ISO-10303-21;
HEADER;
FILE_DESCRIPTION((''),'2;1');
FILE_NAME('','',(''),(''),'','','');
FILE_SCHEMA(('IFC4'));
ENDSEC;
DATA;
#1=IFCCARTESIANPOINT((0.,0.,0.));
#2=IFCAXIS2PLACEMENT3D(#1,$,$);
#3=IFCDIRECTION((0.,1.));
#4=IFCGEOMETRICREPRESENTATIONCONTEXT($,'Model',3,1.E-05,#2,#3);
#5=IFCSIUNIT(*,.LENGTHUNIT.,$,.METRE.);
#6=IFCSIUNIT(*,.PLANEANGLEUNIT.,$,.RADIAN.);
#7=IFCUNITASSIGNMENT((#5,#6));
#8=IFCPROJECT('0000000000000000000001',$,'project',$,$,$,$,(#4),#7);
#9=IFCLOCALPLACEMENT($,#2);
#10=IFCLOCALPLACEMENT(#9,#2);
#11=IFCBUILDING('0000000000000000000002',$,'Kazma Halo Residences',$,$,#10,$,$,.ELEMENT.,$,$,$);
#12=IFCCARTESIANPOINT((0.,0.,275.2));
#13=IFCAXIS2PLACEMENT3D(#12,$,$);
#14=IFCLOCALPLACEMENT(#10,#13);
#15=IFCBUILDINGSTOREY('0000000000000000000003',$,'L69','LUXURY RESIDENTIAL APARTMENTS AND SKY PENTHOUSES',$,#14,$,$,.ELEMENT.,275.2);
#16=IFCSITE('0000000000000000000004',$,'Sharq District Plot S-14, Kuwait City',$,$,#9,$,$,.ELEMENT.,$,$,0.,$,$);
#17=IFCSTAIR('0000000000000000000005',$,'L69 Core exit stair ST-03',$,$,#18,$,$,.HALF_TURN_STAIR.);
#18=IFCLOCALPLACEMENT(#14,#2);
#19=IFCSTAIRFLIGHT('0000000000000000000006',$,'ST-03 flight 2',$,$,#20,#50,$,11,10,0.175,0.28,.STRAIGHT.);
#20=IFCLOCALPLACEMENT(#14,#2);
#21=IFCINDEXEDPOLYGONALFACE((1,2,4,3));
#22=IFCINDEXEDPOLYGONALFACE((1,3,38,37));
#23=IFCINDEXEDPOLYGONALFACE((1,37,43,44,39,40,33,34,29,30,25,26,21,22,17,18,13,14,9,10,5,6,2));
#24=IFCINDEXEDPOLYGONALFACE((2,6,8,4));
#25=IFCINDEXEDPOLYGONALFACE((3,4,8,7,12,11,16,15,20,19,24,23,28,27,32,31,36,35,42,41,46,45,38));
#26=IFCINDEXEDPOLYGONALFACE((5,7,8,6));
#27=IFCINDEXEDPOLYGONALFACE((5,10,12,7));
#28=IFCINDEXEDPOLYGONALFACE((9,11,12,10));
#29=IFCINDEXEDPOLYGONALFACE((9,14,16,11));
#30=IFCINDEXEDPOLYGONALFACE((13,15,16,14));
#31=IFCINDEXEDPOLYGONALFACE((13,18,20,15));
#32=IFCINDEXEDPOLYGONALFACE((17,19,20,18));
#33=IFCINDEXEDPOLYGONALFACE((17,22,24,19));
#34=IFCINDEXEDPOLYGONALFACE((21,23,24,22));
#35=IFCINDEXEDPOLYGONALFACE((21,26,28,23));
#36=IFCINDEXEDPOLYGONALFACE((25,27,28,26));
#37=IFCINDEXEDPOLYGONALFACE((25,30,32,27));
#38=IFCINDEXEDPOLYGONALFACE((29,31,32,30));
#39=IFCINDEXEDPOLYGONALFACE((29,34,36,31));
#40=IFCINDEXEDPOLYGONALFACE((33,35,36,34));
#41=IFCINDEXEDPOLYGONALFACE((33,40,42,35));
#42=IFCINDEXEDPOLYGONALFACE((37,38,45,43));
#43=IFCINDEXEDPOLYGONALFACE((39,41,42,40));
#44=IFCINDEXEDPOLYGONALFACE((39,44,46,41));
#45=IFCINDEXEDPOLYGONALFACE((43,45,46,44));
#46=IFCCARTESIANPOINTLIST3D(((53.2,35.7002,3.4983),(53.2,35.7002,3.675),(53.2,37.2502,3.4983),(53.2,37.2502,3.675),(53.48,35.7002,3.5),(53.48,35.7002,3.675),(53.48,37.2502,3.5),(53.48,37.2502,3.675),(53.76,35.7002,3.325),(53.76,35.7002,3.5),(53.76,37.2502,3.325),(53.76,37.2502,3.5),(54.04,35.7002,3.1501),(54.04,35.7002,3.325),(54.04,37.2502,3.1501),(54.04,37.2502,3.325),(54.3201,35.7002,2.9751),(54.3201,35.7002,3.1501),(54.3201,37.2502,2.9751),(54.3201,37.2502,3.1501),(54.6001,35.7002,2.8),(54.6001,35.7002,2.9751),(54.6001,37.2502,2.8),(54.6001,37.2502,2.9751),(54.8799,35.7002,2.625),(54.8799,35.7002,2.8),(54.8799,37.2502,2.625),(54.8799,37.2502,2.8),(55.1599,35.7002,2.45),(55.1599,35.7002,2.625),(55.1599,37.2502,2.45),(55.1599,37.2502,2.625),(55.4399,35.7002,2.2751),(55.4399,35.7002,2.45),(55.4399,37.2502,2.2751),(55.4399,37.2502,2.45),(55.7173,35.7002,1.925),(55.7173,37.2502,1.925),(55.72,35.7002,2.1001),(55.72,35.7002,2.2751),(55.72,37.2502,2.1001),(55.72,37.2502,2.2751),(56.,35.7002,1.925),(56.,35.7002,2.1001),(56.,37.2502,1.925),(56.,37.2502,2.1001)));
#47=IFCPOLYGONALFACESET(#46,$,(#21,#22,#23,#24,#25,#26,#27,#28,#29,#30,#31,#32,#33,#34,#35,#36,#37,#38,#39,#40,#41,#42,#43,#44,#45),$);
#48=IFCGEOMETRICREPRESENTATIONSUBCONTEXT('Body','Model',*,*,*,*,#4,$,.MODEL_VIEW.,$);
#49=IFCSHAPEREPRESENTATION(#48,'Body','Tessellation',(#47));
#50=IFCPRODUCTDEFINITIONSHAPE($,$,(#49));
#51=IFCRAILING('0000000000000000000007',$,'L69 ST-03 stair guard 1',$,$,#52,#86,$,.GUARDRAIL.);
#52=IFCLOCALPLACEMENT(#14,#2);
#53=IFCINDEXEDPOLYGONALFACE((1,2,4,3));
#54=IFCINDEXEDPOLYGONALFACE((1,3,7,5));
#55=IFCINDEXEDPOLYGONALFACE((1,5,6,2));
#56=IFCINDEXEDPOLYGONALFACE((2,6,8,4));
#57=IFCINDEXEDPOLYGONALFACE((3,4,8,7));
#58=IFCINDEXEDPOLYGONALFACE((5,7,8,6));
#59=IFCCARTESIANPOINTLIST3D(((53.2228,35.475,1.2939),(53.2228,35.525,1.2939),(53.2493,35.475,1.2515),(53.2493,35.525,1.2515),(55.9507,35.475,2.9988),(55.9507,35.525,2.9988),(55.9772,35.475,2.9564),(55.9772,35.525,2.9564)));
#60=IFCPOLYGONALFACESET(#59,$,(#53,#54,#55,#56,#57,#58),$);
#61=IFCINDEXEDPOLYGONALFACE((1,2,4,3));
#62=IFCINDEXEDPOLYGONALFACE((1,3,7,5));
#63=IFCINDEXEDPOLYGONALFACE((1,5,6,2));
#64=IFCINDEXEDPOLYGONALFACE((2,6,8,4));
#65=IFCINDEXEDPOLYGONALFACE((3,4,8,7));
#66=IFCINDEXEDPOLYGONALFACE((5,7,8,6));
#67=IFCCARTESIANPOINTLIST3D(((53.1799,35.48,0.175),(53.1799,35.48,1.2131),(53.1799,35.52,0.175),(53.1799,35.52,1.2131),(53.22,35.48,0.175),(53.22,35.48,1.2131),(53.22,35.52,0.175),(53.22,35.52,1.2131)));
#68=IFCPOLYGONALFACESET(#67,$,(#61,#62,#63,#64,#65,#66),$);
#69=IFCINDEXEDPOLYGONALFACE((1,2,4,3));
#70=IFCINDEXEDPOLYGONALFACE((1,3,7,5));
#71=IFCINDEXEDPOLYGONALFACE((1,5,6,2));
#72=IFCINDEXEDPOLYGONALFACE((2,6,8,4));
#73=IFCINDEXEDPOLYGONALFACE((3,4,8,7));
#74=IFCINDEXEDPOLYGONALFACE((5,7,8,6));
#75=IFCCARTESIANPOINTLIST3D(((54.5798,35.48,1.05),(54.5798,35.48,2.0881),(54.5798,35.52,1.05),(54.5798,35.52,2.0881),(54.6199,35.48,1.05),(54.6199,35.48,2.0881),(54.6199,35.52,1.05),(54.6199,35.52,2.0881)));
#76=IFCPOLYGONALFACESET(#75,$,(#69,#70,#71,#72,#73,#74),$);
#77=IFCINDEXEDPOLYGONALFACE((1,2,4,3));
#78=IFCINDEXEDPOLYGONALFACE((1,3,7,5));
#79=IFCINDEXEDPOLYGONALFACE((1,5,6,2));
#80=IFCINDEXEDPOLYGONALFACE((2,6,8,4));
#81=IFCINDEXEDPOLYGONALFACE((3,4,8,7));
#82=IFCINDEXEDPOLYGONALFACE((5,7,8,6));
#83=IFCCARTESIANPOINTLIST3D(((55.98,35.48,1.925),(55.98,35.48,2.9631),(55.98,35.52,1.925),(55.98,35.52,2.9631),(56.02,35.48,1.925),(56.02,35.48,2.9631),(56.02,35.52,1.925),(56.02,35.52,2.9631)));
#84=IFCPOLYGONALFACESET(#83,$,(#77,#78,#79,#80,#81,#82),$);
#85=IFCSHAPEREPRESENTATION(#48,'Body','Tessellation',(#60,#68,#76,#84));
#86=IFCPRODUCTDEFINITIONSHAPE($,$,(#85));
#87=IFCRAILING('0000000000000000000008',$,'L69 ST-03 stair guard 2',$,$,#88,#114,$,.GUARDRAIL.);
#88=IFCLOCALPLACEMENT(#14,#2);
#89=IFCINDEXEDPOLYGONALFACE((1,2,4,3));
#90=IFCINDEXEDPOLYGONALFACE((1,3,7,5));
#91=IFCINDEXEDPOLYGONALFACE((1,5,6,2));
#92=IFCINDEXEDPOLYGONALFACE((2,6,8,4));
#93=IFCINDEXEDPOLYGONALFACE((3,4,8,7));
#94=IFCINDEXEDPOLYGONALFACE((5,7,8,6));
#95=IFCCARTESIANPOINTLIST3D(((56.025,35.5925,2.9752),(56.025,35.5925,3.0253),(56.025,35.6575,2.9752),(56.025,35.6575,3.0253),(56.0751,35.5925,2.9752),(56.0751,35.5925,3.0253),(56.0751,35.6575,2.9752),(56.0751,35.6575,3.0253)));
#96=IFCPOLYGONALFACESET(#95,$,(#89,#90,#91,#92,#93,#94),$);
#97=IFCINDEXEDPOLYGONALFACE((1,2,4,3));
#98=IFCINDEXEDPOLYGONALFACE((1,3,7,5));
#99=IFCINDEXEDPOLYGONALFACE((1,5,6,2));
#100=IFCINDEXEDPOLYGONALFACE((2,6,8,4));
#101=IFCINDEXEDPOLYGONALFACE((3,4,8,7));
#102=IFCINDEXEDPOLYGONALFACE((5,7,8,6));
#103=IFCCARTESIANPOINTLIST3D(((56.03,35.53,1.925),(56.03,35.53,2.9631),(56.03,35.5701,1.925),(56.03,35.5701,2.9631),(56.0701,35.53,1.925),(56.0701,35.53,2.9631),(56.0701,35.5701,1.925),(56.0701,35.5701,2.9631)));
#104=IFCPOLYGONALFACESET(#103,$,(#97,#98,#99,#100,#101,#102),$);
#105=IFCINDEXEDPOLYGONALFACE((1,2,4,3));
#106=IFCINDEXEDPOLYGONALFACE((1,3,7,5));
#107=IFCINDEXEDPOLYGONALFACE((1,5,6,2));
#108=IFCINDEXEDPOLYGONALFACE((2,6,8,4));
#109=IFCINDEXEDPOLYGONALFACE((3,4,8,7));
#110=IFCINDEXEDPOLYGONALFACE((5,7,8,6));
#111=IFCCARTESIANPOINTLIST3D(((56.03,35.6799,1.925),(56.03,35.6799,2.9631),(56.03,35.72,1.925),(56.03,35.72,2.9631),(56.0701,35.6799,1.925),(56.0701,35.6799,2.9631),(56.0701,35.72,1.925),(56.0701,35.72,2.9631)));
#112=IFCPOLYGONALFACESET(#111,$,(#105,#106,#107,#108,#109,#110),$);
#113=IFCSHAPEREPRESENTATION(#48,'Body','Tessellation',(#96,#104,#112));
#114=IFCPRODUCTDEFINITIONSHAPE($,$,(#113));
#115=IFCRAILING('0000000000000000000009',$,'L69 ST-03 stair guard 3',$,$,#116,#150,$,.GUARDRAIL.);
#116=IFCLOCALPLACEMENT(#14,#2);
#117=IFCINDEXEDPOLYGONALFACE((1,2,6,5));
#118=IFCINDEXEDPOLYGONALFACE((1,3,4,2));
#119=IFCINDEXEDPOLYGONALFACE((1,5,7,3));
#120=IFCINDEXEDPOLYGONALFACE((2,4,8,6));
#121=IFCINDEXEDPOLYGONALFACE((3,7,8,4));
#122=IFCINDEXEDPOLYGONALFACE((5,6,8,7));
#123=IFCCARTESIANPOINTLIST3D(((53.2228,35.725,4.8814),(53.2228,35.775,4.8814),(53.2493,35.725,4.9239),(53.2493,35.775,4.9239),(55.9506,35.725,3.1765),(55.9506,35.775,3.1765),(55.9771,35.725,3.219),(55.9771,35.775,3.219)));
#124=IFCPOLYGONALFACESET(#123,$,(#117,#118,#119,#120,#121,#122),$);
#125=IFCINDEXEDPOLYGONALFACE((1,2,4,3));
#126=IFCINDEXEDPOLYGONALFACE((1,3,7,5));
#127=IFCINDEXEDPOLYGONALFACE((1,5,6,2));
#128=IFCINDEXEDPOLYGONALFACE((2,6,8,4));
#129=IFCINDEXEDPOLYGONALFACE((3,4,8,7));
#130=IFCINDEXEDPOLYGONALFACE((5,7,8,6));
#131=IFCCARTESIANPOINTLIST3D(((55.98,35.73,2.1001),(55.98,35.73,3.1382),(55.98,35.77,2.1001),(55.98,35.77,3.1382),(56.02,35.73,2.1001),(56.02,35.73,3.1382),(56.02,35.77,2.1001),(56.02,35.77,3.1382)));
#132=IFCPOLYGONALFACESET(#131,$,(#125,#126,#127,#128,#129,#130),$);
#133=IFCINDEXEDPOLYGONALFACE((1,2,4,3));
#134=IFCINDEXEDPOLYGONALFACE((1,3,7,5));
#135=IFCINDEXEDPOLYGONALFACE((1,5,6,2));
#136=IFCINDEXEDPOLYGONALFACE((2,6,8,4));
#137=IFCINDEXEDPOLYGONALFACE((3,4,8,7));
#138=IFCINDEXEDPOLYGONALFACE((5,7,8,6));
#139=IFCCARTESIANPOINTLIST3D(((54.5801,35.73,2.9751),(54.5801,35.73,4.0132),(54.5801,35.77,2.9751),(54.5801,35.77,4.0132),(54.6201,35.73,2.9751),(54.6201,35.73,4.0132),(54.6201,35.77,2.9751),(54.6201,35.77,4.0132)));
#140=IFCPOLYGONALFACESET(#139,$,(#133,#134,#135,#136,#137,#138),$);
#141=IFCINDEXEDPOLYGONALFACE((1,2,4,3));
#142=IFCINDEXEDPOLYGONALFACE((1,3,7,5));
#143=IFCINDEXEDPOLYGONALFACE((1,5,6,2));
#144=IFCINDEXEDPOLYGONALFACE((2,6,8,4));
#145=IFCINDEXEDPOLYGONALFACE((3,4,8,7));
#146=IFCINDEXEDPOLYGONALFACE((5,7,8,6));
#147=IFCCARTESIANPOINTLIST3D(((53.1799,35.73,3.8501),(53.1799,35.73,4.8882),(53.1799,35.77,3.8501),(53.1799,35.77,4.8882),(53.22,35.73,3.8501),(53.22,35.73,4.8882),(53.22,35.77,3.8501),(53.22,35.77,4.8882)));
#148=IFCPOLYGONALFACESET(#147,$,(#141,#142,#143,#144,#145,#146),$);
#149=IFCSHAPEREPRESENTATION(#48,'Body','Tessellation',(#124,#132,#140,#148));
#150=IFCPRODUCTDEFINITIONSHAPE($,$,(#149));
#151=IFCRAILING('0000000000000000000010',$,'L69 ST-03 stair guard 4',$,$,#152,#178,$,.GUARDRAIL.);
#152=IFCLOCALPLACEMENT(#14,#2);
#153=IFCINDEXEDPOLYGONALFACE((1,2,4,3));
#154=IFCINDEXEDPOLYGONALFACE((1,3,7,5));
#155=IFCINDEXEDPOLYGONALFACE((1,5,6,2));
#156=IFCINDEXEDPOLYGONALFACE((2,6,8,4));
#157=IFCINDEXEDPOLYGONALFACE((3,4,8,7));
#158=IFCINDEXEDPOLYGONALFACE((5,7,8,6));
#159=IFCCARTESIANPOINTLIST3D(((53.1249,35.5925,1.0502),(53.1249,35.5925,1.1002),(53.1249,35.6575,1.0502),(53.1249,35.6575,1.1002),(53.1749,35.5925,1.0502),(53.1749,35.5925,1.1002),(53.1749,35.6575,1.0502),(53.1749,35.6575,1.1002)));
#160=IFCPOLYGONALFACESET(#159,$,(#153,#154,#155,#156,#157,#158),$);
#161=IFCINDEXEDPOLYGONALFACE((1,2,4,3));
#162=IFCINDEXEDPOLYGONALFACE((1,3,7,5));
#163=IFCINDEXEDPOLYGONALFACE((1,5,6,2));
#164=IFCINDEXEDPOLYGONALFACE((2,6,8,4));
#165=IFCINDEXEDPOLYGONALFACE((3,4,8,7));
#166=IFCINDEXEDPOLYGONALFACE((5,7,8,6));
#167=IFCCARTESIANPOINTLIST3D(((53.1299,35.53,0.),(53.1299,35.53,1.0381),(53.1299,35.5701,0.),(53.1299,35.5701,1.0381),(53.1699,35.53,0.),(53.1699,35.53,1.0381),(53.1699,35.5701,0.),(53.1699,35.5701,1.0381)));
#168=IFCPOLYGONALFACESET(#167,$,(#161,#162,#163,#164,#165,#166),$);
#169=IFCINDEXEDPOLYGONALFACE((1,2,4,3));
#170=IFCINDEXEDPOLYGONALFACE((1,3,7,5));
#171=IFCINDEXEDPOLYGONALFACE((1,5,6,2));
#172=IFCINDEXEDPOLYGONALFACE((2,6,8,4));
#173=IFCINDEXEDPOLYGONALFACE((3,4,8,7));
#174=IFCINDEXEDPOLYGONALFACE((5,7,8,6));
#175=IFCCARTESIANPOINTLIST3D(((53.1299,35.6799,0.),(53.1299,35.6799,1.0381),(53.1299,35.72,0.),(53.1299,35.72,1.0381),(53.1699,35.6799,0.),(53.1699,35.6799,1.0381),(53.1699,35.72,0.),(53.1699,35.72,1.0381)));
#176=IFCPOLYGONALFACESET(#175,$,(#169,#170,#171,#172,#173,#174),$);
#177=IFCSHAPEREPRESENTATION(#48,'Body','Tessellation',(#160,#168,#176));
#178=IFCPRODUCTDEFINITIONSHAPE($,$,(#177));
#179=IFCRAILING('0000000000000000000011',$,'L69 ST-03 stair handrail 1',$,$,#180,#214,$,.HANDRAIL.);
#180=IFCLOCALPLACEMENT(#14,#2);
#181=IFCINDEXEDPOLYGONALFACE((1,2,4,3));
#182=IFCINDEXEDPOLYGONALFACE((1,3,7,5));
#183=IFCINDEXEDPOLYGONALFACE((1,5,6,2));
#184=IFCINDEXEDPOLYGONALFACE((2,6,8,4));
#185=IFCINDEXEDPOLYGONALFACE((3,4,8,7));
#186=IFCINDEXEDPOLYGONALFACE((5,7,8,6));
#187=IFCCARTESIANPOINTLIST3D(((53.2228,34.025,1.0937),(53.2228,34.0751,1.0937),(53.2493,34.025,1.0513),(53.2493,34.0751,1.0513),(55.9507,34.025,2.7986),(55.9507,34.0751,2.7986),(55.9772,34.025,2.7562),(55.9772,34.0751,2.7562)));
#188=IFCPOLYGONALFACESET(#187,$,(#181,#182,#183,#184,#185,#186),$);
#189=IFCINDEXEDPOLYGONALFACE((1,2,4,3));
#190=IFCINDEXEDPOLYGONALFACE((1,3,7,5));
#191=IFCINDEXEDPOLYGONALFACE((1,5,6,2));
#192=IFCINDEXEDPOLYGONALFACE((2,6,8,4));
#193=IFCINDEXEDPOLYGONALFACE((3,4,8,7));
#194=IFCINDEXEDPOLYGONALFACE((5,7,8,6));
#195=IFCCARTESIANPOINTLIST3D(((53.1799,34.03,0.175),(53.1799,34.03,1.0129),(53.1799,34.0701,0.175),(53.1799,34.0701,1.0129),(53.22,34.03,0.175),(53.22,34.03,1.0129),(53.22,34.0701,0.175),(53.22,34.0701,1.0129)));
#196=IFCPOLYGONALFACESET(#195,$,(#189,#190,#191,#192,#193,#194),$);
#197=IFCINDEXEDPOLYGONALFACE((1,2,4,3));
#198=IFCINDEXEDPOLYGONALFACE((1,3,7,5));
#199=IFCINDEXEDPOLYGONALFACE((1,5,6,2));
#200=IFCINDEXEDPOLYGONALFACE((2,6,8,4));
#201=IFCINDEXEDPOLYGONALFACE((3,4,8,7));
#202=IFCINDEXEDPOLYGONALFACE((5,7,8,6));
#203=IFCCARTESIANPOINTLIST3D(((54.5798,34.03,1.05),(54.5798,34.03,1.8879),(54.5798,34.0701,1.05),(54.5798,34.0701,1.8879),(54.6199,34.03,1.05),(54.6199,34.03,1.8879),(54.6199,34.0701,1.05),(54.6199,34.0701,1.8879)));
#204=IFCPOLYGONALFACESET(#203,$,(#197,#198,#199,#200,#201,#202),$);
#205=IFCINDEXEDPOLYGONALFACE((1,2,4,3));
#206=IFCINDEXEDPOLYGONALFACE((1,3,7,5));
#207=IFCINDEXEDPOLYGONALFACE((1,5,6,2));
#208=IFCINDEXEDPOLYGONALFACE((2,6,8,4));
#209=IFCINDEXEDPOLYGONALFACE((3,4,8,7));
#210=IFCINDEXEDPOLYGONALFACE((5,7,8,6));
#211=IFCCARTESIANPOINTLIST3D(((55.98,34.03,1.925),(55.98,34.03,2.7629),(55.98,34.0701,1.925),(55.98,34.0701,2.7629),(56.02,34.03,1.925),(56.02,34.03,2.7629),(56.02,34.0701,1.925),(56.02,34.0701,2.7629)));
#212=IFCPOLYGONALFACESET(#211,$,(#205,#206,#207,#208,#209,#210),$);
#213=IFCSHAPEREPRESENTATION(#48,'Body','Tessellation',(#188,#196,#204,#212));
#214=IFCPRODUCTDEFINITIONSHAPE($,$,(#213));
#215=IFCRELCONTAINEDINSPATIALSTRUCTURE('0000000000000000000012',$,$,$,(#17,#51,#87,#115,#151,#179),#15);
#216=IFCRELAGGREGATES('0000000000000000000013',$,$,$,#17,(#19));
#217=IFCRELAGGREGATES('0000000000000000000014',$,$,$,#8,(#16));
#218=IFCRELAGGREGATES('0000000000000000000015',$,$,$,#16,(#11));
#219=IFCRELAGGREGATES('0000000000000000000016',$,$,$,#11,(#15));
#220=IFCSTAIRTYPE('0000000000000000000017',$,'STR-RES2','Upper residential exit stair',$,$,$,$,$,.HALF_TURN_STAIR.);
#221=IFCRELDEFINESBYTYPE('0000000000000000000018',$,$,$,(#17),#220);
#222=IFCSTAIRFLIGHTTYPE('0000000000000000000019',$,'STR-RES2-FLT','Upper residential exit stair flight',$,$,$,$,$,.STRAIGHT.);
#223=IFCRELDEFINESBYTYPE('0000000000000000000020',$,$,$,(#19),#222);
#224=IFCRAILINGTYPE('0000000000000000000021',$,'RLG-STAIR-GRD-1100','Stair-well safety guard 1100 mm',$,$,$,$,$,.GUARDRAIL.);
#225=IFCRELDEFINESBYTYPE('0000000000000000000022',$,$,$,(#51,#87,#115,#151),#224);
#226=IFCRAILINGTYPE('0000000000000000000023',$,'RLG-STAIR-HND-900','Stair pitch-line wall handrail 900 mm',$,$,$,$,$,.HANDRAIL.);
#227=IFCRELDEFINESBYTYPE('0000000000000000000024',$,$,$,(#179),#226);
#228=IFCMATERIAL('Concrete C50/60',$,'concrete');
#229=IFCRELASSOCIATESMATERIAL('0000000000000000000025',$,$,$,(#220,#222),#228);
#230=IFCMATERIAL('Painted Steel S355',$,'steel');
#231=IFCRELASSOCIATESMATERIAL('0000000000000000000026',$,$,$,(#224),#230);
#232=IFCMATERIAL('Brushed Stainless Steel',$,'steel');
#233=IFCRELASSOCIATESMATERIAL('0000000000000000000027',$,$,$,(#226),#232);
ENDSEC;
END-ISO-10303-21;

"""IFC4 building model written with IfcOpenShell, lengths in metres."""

from ifc_helpers import new_model, si_unit, direction, frame, origin, origin_2d, place, context, subcontext, project, spatial, polyline, rectangle, outline, extrude, material, type_object, element, aggregate, save


model = new_model("IFC4")

# Units and contexts
model_context = context("Model", 3, precision=1e-05, world=origin(), true_north=direction((0.0, 1.0)))
body_context = subcontext(model_context, "Body", "Model", "MODEL_VIEW")
ifc_project = project(units=[si_unit("LENGTHUNIT", "METRE"), si_unit("PLANEANGLEUNIT", "RADIAN")], contexts=[model_context])

# Site, building, storey
site_placement = place(None, origin())
site = spatial("IfcSite", under=ifc_project, at=site_placement, Name="Sharq District Plot S-14, Kuwait City", CompositionType="ELEMENT", RefElevation=0.0)
building_placement = place(site_placement, origin())
building = spatial("IfcBuilding", under=site, at=building_placement, Name="Kazma Halo Residences", CompositionType="ELEMENT")
storey_placement = place(building_placement, frame((0.0, 0.0, 275.2)))
storey = spatial("IfcBuildingStorey", under=building, at=storey_placement, Name="L69", Description="LUXURY RESIDENTIAL APARTMENTS AND SKY PENTHOUSES", CompositionType="ELEMENT", Elevation=275.2)

# Shared definitions
ifc_material_1 = material(Name="Concrete C50/60", Category="concrete")

# Stair, stair flight
stair_type = type_object("IfcStairType", Name="STR-RES2", Description="Upper residential exit stair", PredefinedType="HALF_TURN_STAIR", material=ifc_material_1)
stair_placement = place(storey_placement, origin())
stair = element("IfcStair", 1, at=stair_placement, inside=storey, type_object=stair_type, Name="L69 Core exit stair ST-03", PredefinedType="HALF_TURN_STAIR")
stair_flight_type = type_object("IfcStairFlightType", Name="STR-RES2-FLT", Description="Upper residential exit stair flight", PredefinedType="STRAIGHT", material=ifc_material_1)
stair_flight_1_placement = place(storey_placement, frame((56.0, 36.4751, 1.925), z_axis=(0.0, 0.0, 1.0), x_axis=(-1.0, 0.0, 0.0)))
stair_flight_1 = element("IfcStairFlight", 2, at=stair_flight_1_placement, type_object=stair_flight_type, Name="ST-03 flight 2", NumberOfRisers=11, NumberOfTreads=10, PredefinedType="STRAIGHT", RiserHeight=0.175, TreadLength=0.28, context=body_context, shape_type="SweptSolid", body=[
    extrude(outline(polyline([(0.0, 0.0), (0.0, 0.175), (0.28, 0.175), (0.28, 0.3501), (0.5601, 0.3501), (0.5601, 0.5249), (0.8401, 0.5249), (0.8401, 0.7), (1.1201, 0.7), (1.1201, 0.875), (1.3999, 0.875), (1.3999, 1.05), (1.6799, 1.05), (1.6799, 1.2251), (1.96, 1.2251), (1.96, 1.3999), (2.24, 1.3999), (2.24, 1.575), (2.52, 1.575), (2.52, 1.75), (2.8, 1.75), (2.8, 1.925), (2.8, 1.5732), (0.2827, 0.0), (0.0, 0.0)])), frame((0.0, 0.7749, 0.0), z_axis=(0.0, -1.0, 0.0), x_axis=(1.0, 0.0, 0.0)), (0.0, 0.0, 1.0), 1.55),
])
aggregate(stair, [stair_flight_1])

# Railings
ifc_material_2 = material(Name="Painted Steel S355", Category="steel")
railing_type_1 = type_object("IfcRailingType", Name="RLG-STAIR-GRD-1100", Description="Stair-well safety guard 1100 mm", PredefinedType="GUARDRAIL", material=ifc_material_2)
railing_1_placement = place(storey_placement, frame((53.2, 35.5, 0.175)))
element("IfcRailing", 3, at=railing_1_placement, inside=storey, type_object=railing_type_1, Name="L69 ST-03 stair guard 1", PredefinedType="GUARDRAIL", context=body_context, shape_type="SweptSolid", body=[
    extrude(rectangle(XDim=0.05, YDim=0.05, at=origin_2d()), frame((0.0361, 0.0, 1.0977), z_axis=(0.848002, 0.0, 0.529992), x_axis=(0.0, 1.0, 0.0)), (0.0, 0.0, 1.0), 3.2168),
    extrude(rectangle(XDim=0.04, YDim=0.04, at=origin_2d()), origin(), (0.0, 0.0, 1.0), 1.0381),
    extrude(rectangle(XDim=0.04, YDim=0.04, at=origin_2d()), frame((1.3999, 0.0, 0.875)), (0.0, 0.0, 1.0), 1.0381),
    extrude(rectangle(XDim=0.04, YDim=0.04, at=origin_2d()), frame((2.8, 0.0, 1.75)), (0.0, 0.0, 1.0), 1.0381),
])
railing_2_placement = place(storey_placement, frame((56.05, 35.55, 1.925)))
element("IfcRailing", 4, at=railing_2_placement, inside=storey, type_object=railing_type_1, Name="L69 ST-03 stair guard 2", PredefinedType="GUARDRAIL", context=body_context, shape_type="SweptSolid", body=[
    extrude(rectangle(XDim=0.05, YDim=0.05, at=origin_2d()), frame((0.0, 0.0425, 1.0752), z_axis=(0.0, 1.0, 0.0), x_axis=(-1.0, 0.0, 0.0)), (0.0, 0.0, 1.0), 0.0649),
    extrude(rectangle(XDim=0.04, YDim=0.04, at=origin_2d()), origin(), (0.0, 0.0, 1.0), 1.0381),
    extrude(rectangle(XDim=0.04, YDim=0.04, at=origin_2d()), frame((0.0, 0.1499, 0.0)), (0.0, 0.0, 1.0), 1.0381),
])
railing_3_placement = place(storey_placement, frame((56.0, 35.75, 2.1001)))
element("IfcRailing", 5, at=railing_3_placement, inside=storey, type_object=railing_type_1, Name="L69 ST-03 stair guard 3", PredefinedType="GUARDRAIL", context=body_context, shape_type="SweptSolid", body=[
    extrude(rectangle(XDim=0.05, YDim=0.05, at=origin_2d()), frame((-0.0361, 0.0, 1.0977), z_axis=(-0.848002, 0.0, 0.529992), x_axis=(0.0, -1.0, 0.0)), (0.0, 0.0, 1.0), 3.2168),
    extrude(rectangle(XDim=0.04, YDim=0.04, at=origin_2d()), origin(), (0.0, 0.0, 1.0), 1.0381),
    extrude(rectangle(XDim=0.04, YDim=0.04, at=origin_2d()), frame((-1.3999, 0.0, 0.875)), (0.0, 0.0, 1.0), 1.0381),
    extrude(rectangle(XDim=0.04, YDim=0.04, at=origin_2d()), frame((-2.8, 0.0, 1.75)), (0.0, 0.0, 1.0), 1.0381),
])
railing_4_placement = place(storey_placement, frame((53.1499, 35.55, 0.0)))
element("IfcRailing", 6, at=railing_4_placement, inside=storey, type_object=railing_type_1, Name="L69 ST-03 stair guard 4", PredefinedType="GUARDRAIL", context=body_context, shape_type="SweptSolid", body=[
    extrude(rectangle(XDim=0.05, YDim=0.05, at=origin_2d()), frame((0.0, 0.0425, 1.0752), z_axis=(0.0, 1.0, 0.0), x_axis=(-1.0, 0.0, 0.0)), (0.0, 0.0, 1.0), 0.0649),
    extrude(rectangle(XDim=0.04, YDim=0.04, at=origin_2d()), origin(), (0.0, 0.0, 1.0), 1.0381),
    extrude(rectangle(XDim=0.04, YDim=0.04, at=origin_2d()), frame((0.0, 0.1499, 0.0)), (0.0, 0.0, 1.0), 1.0381),
])
ifc_material_3 = material(Name="Brushed Stainless Steel", Category="steel")
railing_type_2 = type_object("IfcRailingType", Name="RLG-STAIR-HND-900", Description="Stair pitch-line wall handrail 900 mm", PredefinedType="HANDRAIL", material=ifc_material_3)
railing_5_placement = place(storey_placement, frame((53.2, 34.05, 0.175)))
element("IfcRailing", 7, at=railing_5_placement, inside=storey, type_object=railing_type_2, Name="L69 ST-03 stair handrail 1", PredefinedType="HANDRAIL", context=body_context, shape_type="SweptSolid", body=[
    extrude(rectangle(XDim=0.05, YDim=0.05, at=origin_2d()), frame((0.0361, 0.0, 0.8975), z_axis=(0.848002, 0.0, 0.529992), x_axis=(0.0, 1.0, 0.0)), (0.0, 0.0, 1.0), 3.2168),
    extrude(rectangle(XDim=0.04, YDim=0.04, at=origin_2d()), origin(), (0.0, 0.0, 1.0), 0.8379),
    extrude(rectangle(XDim=0.04, YDim=0.04, at=origin_2d()), frame((1.3999, 0.0, 0.875)), (0.0, 0.0, 1.0), 0.8379),
    extrude(rectangle(XDim=0.04, YDim=0.04, at=origin_2d()), frame((2.8, 0.0, 1.75)), (0.0, 0.0, 1.0), 0.8379),
])

save(model, "model.ifc")
